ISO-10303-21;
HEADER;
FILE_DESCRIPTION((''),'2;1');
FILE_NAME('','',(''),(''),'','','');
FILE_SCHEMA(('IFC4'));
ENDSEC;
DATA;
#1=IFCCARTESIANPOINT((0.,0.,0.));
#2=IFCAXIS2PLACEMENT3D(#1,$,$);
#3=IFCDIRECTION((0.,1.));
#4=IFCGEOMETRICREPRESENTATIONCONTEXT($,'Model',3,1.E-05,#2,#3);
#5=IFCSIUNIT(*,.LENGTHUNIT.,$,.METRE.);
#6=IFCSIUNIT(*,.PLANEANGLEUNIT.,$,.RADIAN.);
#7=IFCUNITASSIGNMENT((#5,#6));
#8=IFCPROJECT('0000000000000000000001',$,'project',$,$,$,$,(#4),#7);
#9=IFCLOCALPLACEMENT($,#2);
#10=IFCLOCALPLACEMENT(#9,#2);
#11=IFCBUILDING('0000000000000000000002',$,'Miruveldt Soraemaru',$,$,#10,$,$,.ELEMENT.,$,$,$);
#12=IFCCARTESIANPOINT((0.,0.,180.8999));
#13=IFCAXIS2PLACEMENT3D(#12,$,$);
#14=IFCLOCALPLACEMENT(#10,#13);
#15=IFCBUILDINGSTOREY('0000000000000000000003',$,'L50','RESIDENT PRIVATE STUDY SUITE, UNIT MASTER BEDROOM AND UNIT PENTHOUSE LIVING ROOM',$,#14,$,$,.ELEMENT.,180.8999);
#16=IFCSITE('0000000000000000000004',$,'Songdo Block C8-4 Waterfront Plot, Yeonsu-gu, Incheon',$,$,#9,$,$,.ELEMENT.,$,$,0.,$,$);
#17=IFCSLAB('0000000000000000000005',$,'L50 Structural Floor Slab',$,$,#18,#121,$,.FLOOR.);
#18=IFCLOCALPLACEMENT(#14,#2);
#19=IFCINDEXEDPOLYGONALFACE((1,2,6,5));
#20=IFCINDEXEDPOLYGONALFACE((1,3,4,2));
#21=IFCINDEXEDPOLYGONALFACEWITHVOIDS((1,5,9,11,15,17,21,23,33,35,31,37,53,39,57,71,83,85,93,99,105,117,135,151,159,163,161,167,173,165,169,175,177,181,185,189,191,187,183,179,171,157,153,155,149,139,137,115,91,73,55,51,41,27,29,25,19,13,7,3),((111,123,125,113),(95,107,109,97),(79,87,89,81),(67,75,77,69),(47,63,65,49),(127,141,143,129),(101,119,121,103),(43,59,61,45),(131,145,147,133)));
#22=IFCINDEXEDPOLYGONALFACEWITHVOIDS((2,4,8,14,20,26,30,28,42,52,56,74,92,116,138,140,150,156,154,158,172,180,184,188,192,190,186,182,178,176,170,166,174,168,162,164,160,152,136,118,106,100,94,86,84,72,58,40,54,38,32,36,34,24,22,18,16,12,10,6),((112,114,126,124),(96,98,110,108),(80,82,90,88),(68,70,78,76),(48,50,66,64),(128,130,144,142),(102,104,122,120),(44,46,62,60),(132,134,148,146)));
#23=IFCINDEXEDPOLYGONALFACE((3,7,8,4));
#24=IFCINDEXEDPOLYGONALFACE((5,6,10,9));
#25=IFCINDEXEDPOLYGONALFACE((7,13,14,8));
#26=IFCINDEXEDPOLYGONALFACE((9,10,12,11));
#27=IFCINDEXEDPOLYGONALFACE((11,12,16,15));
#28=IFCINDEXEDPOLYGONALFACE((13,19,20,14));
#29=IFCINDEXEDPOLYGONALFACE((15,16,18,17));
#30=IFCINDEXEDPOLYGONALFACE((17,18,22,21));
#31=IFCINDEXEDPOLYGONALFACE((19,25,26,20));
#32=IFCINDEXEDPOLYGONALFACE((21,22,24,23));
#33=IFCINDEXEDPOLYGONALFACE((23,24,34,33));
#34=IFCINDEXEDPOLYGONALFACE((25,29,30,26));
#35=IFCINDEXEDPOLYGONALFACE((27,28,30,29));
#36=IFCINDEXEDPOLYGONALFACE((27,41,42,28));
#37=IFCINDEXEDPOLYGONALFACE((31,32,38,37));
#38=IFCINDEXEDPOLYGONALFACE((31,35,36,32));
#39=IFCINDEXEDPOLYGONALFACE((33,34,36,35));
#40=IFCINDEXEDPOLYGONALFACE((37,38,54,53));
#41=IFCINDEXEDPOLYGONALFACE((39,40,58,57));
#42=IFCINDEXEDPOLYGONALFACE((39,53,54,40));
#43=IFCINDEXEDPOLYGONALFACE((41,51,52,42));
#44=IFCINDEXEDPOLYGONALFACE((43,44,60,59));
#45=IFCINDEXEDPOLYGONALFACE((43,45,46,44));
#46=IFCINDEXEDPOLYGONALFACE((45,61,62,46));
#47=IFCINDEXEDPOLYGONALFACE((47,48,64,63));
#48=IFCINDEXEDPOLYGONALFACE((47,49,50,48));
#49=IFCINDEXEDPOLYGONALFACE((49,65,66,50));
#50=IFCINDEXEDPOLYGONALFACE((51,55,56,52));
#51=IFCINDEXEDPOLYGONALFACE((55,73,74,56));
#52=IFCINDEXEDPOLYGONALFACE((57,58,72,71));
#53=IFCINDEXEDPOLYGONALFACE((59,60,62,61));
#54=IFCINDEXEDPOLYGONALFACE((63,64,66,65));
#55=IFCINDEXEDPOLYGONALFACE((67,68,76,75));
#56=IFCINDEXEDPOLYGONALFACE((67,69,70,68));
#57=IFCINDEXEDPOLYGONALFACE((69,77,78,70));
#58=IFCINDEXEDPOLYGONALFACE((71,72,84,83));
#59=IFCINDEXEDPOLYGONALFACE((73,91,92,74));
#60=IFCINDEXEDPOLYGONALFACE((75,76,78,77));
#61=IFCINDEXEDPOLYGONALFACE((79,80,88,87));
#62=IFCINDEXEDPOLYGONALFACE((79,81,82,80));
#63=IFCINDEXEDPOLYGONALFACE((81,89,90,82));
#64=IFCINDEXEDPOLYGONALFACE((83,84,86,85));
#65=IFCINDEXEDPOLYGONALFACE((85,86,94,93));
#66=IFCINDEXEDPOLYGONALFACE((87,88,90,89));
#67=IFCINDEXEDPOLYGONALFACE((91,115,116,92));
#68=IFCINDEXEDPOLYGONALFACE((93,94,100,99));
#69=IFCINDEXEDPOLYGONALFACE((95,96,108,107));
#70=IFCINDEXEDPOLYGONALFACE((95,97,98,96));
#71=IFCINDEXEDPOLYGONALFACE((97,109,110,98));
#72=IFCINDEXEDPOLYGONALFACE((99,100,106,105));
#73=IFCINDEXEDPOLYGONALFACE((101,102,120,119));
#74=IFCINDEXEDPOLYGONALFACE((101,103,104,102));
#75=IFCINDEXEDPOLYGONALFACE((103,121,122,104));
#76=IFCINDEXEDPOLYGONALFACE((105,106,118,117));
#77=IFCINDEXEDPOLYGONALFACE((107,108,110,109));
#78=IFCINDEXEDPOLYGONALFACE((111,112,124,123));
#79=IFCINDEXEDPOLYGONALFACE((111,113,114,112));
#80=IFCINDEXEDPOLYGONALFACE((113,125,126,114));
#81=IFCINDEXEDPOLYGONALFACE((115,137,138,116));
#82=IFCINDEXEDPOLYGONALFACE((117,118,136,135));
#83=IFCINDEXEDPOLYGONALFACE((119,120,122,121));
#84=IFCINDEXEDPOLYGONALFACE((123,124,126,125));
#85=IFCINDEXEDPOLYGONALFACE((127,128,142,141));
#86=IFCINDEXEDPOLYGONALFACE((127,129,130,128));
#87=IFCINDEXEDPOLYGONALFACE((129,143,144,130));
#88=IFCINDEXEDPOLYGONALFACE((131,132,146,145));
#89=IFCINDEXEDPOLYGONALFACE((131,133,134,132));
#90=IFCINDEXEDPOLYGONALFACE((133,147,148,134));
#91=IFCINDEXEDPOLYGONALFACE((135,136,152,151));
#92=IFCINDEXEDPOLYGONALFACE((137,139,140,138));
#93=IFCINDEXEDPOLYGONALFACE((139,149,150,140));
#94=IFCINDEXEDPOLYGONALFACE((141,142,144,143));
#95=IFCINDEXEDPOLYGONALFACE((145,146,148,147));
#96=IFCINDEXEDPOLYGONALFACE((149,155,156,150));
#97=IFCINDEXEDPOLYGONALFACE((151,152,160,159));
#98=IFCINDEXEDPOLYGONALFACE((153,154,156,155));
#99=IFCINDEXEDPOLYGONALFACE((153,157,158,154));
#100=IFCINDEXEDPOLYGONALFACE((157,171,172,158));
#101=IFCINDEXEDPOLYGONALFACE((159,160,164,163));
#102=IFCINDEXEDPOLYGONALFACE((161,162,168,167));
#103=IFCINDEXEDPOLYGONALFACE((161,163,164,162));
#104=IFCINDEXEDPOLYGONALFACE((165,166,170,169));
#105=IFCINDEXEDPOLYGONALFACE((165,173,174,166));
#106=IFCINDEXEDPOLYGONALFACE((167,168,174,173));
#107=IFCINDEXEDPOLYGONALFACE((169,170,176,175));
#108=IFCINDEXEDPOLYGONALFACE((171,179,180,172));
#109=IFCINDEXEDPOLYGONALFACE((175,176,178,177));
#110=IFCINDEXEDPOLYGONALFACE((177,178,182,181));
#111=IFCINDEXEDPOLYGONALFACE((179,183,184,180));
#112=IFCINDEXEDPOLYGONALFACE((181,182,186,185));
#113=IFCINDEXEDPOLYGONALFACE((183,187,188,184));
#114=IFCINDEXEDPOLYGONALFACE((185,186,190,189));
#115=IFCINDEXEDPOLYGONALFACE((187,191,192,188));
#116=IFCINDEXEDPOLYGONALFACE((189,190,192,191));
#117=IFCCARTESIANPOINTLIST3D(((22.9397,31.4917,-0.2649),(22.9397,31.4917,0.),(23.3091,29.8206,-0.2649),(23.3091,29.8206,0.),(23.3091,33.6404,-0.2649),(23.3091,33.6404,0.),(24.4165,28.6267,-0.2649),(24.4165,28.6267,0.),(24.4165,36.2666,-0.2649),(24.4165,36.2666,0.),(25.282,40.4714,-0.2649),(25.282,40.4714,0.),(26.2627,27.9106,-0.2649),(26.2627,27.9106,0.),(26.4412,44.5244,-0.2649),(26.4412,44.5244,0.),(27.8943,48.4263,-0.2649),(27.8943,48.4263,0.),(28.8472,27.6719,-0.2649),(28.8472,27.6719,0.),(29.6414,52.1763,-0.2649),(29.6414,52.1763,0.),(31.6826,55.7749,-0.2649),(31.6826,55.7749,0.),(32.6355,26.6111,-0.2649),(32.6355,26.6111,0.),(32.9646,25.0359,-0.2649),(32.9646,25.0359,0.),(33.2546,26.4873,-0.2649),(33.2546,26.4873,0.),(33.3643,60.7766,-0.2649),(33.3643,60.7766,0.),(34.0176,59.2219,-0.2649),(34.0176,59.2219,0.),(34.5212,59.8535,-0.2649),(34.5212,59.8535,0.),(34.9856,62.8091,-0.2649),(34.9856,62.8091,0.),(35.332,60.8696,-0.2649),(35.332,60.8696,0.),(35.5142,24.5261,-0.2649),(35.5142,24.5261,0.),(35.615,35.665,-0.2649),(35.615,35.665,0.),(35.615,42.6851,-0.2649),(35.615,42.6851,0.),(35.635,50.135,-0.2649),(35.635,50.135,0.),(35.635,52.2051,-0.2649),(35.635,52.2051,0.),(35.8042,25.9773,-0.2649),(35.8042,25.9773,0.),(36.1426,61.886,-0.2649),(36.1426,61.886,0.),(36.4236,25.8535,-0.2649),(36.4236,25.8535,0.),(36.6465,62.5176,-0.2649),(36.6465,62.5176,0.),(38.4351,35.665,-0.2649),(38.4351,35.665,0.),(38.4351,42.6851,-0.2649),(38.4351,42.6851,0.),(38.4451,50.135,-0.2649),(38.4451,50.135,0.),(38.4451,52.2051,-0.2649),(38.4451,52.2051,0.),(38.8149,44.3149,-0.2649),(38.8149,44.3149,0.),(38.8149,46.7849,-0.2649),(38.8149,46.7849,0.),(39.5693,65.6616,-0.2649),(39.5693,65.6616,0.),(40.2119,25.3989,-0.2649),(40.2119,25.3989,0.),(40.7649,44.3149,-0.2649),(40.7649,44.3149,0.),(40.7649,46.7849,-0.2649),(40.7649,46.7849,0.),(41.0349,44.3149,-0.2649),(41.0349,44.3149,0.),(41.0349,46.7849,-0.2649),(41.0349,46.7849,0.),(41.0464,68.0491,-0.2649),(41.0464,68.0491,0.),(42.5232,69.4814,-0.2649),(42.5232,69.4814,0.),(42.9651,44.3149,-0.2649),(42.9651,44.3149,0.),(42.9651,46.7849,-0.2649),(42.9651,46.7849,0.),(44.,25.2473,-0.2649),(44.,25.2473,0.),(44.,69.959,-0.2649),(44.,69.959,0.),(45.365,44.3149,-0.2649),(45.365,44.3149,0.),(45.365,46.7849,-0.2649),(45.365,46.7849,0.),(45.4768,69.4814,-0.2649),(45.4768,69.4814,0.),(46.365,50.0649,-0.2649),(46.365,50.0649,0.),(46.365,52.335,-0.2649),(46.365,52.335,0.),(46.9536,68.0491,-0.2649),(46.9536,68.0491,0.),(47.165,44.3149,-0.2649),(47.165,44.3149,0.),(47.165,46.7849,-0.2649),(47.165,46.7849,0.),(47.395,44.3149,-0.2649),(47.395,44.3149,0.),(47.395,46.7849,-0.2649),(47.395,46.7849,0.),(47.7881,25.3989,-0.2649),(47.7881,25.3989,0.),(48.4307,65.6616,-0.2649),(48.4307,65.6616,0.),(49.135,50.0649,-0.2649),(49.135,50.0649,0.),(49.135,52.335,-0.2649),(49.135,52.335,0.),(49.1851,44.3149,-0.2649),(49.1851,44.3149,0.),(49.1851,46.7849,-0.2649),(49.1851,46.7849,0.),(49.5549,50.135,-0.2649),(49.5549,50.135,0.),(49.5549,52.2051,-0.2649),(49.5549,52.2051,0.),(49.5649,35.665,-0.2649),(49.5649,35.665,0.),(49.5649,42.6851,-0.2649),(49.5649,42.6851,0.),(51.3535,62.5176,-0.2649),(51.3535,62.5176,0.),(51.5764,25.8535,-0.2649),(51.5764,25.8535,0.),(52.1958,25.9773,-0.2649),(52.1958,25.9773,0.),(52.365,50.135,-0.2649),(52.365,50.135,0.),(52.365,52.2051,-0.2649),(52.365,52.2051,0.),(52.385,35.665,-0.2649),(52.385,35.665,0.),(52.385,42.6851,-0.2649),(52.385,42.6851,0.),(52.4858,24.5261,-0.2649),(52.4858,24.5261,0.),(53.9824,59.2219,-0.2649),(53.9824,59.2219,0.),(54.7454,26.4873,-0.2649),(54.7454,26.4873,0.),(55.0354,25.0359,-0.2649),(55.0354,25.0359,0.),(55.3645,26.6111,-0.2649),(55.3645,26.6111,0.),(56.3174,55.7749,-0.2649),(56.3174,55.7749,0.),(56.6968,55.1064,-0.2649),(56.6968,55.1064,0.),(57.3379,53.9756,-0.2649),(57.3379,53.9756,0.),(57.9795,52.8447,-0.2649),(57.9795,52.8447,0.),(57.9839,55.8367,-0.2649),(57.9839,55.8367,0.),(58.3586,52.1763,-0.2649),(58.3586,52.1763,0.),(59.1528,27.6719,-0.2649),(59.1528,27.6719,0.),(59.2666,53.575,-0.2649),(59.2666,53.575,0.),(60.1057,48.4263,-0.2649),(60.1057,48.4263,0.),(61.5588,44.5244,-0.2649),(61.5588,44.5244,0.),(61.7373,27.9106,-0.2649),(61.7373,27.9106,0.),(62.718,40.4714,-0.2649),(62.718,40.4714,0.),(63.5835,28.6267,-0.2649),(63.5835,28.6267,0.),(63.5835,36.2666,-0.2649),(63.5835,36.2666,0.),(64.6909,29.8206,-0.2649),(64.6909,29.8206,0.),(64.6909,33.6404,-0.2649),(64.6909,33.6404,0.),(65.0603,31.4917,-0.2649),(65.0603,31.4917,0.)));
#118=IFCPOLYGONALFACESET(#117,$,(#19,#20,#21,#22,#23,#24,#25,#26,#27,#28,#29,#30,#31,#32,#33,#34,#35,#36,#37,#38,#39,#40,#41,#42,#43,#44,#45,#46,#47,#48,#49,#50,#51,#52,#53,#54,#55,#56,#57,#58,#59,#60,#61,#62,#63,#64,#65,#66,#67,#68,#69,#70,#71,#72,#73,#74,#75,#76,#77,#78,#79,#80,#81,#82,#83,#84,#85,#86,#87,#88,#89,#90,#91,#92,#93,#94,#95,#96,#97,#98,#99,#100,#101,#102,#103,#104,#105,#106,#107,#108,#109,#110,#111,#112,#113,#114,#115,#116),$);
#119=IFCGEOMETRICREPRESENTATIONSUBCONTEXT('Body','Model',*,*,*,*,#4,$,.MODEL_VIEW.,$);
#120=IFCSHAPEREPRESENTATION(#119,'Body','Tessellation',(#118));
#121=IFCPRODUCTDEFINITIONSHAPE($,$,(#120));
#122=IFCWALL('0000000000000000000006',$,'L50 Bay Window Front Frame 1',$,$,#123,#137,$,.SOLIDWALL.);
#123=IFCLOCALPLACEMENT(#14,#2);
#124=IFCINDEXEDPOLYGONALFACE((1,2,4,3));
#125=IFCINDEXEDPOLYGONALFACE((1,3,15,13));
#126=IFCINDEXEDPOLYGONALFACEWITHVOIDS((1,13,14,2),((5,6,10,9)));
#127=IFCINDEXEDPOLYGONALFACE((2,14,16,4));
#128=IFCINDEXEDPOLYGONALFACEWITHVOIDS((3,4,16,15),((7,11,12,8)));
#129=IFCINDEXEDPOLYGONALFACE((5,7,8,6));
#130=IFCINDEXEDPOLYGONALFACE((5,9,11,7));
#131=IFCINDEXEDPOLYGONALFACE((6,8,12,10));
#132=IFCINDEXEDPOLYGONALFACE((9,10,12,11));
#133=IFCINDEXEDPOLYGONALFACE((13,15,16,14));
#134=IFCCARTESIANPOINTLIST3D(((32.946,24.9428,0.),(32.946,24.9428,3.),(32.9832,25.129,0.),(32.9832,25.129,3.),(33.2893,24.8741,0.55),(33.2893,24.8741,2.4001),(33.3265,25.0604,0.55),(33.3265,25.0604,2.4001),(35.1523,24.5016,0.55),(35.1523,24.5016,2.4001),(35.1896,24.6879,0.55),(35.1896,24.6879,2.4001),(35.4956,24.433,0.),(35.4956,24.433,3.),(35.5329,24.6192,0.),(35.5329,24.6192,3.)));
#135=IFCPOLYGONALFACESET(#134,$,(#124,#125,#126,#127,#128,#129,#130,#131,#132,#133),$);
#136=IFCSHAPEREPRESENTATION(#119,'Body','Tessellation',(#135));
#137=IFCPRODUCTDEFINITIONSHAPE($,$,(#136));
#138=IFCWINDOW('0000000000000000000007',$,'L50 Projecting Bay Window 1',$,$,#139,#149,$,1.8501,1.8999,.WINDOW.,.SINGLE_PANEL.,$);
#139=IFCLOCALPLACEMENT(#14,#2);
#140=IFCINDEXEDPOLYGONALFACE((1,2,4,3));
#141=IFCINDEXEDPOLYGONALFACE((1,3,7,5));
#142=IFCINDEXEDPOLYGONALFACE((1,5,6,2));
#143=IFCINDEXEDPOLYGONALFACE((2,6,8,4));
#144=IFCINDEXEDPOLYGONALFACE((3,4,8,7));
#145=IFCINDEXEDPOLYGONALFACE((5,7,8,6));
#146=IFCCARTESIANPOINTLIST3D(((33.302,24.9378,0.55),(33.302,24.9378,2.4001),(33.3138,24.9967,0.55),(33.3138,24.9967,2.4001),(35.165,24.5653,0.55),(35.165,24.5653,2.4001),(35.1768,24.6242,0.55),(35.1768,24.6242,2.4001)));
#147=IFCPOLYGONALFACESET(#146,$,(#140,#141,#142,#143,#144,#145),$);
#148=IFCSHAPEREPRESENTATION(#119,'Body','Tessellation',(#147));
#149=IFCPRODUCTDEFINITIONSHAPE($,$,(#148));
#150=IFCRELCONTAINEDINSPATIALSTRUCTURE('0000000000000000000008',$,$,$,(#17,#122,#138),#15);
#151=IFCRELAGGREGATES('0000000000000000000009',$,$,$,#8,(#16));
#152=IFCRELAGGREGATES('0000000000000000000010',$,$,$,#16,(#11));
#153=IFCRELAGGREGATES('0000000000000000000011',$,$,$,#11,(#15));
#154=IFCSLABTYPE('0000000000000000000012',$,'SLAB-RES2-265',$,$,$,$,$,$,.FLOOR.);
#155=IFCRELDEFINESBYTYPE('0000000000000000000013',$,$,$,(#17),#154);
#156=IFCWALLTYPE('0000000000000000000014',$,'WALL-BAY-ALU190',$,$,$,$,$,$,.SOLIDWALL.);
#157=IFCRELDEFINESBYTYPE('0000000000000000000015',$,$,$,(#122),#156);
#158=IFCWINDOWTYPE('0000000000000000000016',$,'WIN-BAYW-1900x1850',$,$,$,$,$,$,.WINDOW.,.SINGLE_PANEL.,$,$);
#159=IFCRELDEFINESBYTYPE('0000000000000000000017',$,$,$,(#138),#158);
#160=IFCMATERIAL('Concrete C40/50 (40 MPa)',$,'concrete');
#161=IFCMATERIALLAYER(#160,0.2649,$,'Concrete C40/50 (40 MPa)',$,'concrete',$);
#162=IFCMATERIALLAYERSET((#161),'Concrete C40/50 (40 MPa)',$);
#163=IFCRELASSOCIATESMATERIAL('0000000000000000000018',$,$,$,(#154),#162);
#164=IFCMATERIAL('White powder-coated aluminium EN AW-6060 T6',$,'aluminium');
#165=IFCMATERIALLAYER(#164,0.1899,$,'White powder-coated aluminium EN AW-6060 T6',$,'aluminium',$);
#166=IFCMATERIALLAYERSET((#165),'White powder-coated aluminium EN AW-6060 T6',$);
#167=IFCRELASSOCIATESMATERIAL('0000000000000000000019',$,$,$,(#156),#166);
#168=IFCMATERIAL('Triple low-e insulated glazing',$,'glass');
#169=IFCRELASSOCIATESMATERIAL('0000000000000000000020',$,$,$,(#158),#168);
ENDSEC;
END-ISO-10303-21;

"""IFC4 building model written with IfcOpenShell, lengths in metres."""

from ifc_helpers import new_model, si_unit, direction, frame, frame_2d, origin, place, context, subcontext, project, spatial, polyline, rectangle, outline, extrude, material, layer, layer_set, type_object, element, fill, save


model = new_model("IFC4")

# Units and contexts
model_context = context("Model", 3, precision=1e-05, world=origin(), true_north=direction((0.0, 1.0)))
body_context = subcontext(model_context, "Body", "Model", "MODEL_VIEW")
ifc_project = project(units=[si_unit("LENGTHUNIT", "METRE"), si_unit("PLANEANGLEUNIT", "RADIAN")], contexts=[model_context])

# Site, building, storey
site_placement = place(None, origin())
site = spatial("IfcSite", under=ifc_project, at=site_placement, Name="Songdo Block C8-4 Waterfront Plot, Yeonsu-gu, Incheon", CompositionType="ELEMENT", RefElevation=0.0)
building_placement = place(site_placement, origin())
building = spatial("IfcBuilding", under=site, at=building_placement, Name="Miruveldt Soraemaru", CompositionType="ELEMENT")
storey_placement = place(building_placement, frame((0.0, 0.0, 180.8999)))
storey = spatial("IfcBuildingStorey", under=building, at=storey_placement, Name="L50", Description="RESIDENT PRIVATE STUDY SUITE, UNIT MASTER BEDROOM AND UNIT PENTHOUSE LIVING ROOM", CompositionType="ELEMENT", Elevation=180.8999)

# Shared definitions
ifc_material_1 = material(Name="Concrete C40/50 (40 MPa)", Category="concrete")

# Slab
ifc_layer_1 = layer(ifc_material_1, 0.2649, Name="Concrete C40/50 (40 MPa)", Category="concrete")
ifc_layer_set_1 = layer_set([ifc_layer_1], Name="Concrete C40/50 (40 MPa)")
slab_type_1 = type_object("IfcSlabType", Name="SLAB-RES2-265", PredefinedType="FLOOR", material=ifc_layer_set_1)
slab_1_placement = place(storey_placement, frame((0.0, 0.0, -0.2649)))
element("IfcSlab", 1, at=slab_1_placement, inside=storey, type_object=slab_type_1, Name="L50 Structural Floor Slab", PredefinedType="FLOOR", context=body_context, shape_type="SweptSolid", body=[
    extrude(outline(polyline([(32.9646, 25.0359), (33.2546, 26.4873), (34.5295, 26.2324), (32.6355, 26.6111), (28.8472, 27.6719), (26.2627, 27.9106), (24.4165, 28.6267), (23.3091, 29.8206), (22.9397, 31.4917), (23.3091, 33.6404), (24.4165, 36.2666), (25.282, 40.4714), (26.4412, 44.5244), (27.8943, 48.4263), (29.6414, 52.1763), (31.6826, 55.7749), (34.0176, 59.2219), (34.5212, 59.8535), (33.3643, 60.7766), (34.9856, 62.8091), (36.1426, 61.886), (35.332, 60.8696), (36.6465, 62.5176), (39.5693, 65.6616), (41.0464, 68.0491), (42.5232, 69.4814), (44.0, 69.959), (45.4768, 69.4814), (46.9536, 68.0491), (48.4307, 65.6616), (51.3535, 62.5176), (53.9824, 59.2219), (56.3174, 55.7749), (57.3379, 53.9756), (56.6968, 55.1064), (57.9839, 55.8367), (59.2666, 53.575), (57.9795, 52.8447), (58.3586, 52.1763), (60.1057, 48.4263), (61.5588, 44.5244), (62.718, 40.4714), (63.5835, 36.2666), (64.6909, 33.6404), (65.0603, 31.4917), (64.6909, 29.8206), (63.5835, 28.6267), (61.7373, 27.9106), (59.1528, 27.6719), (55.3645, 26.6111), (53.4705, 26.2324), (54.7454, 26.4873), (55.0354, 25.0359), (52.4858, 24.5261), (52.1958, 25.9773), (51.5764, 25.8535), (47.7881, 25.3989), (44.0, 25.2473), (40.2119, 25.3989), (36.4236, 25.8535), (35.8042, 25.9773), (35.5142, 24.5261), (32.9646, 25.0359)]), holes=[polyline([(35.615, 35.665), (38.4351, 35.665), (38.4351, 42.6851), (35.615, 42.6851), (35.615, 35.665)]), polyline([(49.5649, 35.665), (52.385, 35.665), (52.385, 42.6851), (49.5649, 42.6851), (49.5649, 35.665)]), polyline([(40.7649, 44.3149), (40.7649, 46.7849), (38.8149, 46.7849), (38.8149, 44.3149), (40.7649, 44.3149)]), polyline([(42.9651, 44.3149), (42.9651, 46.7849), (41.0349, 46.7849), (41.0349, 44.3149), (42.9651, 44.3149)]), polyline([(47.165, 44.3149), (47.165, 46.7849), (45.365, 46.7849), (45.365, 44.3149), (47.165, 44.3149)]), polyline([(49.1851, 44.3149), (49.1851, 46.7849), (47.395, 46.7849), (47.395, 44.3149), (49.1851, 44.3149)]), polyline([(38.4451, 50.135), (38.4451, 52.2051), (35.635, 52.2051), (35.635, 50.135), (38.4451, 50.135)]), polyline([(49.5549, 50.135), (52.365, 50.135), (52.365, 52.2051), (49.5549, 52.2051), (49.5549, 50.135)]), polyline([(46.365, 50.0649), (49.135, 50.0649), (49.135, 52.335), (46.365, 52.335), (46.365, 50.0649)])]), origin(), (0.0, 0.0, 1.0), 0.2649),
])

# Wall, opening, window
ifc_material_2 = material(Name="White powder-coated aluminium EN AW-6060 T6", Category="aluminium")
ifc_layer_2 = layer(ifc_material_2, 0.1899, Name="White powder-coated aluminium EN AW-6060 T6", Category="aluminium")
ifc_layer_set_2 = layer_set([ifc_layer_2], Name="White powder-coated aluminium EN AW-6060 T6")
wall_type_1 = type_object("IfcWallType", Name="WALL-BAY-ALU190", PredefinedType="SOLIDWALL", material=ifc_layer_set_2)
wall_1_placement = place(storey_placement, frame((32.9646, 25.0359, 0.0), z_axis=(0.0, 0.0, 1.0), x_axis=(0.980592, -0.196062, 0.0)))
wall_1 = element("IfcWall", 2, at=wall_1_placement, inside=storey, type_object=wall_type_1, Name="L50 Bay Window Front Frame 1", PredefinedType="SOLIDWALL", context=body_context, shape_type="SweptSolid", body=[
    extrude(rectangle(XDim=2.6001, YDim=0.1899, at=frame_2d((1.3, 0.0))), origin(), (0.0, 0.0, 1.0), 3.0),
])
opening_1_placement = place(wall_1_placement, frame((0.3501, 0.0, 0.55)))
opening_1 = element("IfcOpeningElement", 3, at=opening_1_placement, cuts=wall_1, PredefinedType="OPENING", context=body_context, shape_type="SweptSolid", body=[
    extrude(rectangle(XDim=1.8999, YDim=1.8501, at=frame_2d((0.95, 0.925))), frame((0.0, 0.105, 0.0), z_axis=(0.0, -1.0, 0.0), x_axis=(1.0, 0.0, 0.0)), (0.0, 0.0, 1.0), 0.21),
])
ifc_material_3 = material(Name="Triple low-e insulated glazing", Category="glass")
window_type_1 = type_object("IfcWindowType", Name="WIN-BAYW-1900x1850", PartitioningType="SINGLE_PANEL", PredefinedType="WINDOW", material=ifc_material_3)
window_1_placement = place(opening_1_placement, origin())
window_1 = element("IfcWindow", 4, at=window_1_placement, inside=storey, type_object=window_type_1, Name="L50 Projecting Bay Window 1", OverallHeight=1.8501, OverallWidth=1.8999, PartitioningType="SINGLE_PANEL", PredefinedType="WINDOW", context=body_context, shape_type="SweptSolid", body=[
    extrude(rectangle(XDim=1.8999, YDim=1.8501, at=frame_2d((0.95, 0.925))), frame((0.0, 0.03, 0.0), z_axis=(0.0, -1.0, 0.0), x_axis=(1.0, 0.0, 0.0)), (0.0, 0.0, 1.0), 0.0601),
])
fill(opening_1, window_1)

save(model, "model.ifc")
